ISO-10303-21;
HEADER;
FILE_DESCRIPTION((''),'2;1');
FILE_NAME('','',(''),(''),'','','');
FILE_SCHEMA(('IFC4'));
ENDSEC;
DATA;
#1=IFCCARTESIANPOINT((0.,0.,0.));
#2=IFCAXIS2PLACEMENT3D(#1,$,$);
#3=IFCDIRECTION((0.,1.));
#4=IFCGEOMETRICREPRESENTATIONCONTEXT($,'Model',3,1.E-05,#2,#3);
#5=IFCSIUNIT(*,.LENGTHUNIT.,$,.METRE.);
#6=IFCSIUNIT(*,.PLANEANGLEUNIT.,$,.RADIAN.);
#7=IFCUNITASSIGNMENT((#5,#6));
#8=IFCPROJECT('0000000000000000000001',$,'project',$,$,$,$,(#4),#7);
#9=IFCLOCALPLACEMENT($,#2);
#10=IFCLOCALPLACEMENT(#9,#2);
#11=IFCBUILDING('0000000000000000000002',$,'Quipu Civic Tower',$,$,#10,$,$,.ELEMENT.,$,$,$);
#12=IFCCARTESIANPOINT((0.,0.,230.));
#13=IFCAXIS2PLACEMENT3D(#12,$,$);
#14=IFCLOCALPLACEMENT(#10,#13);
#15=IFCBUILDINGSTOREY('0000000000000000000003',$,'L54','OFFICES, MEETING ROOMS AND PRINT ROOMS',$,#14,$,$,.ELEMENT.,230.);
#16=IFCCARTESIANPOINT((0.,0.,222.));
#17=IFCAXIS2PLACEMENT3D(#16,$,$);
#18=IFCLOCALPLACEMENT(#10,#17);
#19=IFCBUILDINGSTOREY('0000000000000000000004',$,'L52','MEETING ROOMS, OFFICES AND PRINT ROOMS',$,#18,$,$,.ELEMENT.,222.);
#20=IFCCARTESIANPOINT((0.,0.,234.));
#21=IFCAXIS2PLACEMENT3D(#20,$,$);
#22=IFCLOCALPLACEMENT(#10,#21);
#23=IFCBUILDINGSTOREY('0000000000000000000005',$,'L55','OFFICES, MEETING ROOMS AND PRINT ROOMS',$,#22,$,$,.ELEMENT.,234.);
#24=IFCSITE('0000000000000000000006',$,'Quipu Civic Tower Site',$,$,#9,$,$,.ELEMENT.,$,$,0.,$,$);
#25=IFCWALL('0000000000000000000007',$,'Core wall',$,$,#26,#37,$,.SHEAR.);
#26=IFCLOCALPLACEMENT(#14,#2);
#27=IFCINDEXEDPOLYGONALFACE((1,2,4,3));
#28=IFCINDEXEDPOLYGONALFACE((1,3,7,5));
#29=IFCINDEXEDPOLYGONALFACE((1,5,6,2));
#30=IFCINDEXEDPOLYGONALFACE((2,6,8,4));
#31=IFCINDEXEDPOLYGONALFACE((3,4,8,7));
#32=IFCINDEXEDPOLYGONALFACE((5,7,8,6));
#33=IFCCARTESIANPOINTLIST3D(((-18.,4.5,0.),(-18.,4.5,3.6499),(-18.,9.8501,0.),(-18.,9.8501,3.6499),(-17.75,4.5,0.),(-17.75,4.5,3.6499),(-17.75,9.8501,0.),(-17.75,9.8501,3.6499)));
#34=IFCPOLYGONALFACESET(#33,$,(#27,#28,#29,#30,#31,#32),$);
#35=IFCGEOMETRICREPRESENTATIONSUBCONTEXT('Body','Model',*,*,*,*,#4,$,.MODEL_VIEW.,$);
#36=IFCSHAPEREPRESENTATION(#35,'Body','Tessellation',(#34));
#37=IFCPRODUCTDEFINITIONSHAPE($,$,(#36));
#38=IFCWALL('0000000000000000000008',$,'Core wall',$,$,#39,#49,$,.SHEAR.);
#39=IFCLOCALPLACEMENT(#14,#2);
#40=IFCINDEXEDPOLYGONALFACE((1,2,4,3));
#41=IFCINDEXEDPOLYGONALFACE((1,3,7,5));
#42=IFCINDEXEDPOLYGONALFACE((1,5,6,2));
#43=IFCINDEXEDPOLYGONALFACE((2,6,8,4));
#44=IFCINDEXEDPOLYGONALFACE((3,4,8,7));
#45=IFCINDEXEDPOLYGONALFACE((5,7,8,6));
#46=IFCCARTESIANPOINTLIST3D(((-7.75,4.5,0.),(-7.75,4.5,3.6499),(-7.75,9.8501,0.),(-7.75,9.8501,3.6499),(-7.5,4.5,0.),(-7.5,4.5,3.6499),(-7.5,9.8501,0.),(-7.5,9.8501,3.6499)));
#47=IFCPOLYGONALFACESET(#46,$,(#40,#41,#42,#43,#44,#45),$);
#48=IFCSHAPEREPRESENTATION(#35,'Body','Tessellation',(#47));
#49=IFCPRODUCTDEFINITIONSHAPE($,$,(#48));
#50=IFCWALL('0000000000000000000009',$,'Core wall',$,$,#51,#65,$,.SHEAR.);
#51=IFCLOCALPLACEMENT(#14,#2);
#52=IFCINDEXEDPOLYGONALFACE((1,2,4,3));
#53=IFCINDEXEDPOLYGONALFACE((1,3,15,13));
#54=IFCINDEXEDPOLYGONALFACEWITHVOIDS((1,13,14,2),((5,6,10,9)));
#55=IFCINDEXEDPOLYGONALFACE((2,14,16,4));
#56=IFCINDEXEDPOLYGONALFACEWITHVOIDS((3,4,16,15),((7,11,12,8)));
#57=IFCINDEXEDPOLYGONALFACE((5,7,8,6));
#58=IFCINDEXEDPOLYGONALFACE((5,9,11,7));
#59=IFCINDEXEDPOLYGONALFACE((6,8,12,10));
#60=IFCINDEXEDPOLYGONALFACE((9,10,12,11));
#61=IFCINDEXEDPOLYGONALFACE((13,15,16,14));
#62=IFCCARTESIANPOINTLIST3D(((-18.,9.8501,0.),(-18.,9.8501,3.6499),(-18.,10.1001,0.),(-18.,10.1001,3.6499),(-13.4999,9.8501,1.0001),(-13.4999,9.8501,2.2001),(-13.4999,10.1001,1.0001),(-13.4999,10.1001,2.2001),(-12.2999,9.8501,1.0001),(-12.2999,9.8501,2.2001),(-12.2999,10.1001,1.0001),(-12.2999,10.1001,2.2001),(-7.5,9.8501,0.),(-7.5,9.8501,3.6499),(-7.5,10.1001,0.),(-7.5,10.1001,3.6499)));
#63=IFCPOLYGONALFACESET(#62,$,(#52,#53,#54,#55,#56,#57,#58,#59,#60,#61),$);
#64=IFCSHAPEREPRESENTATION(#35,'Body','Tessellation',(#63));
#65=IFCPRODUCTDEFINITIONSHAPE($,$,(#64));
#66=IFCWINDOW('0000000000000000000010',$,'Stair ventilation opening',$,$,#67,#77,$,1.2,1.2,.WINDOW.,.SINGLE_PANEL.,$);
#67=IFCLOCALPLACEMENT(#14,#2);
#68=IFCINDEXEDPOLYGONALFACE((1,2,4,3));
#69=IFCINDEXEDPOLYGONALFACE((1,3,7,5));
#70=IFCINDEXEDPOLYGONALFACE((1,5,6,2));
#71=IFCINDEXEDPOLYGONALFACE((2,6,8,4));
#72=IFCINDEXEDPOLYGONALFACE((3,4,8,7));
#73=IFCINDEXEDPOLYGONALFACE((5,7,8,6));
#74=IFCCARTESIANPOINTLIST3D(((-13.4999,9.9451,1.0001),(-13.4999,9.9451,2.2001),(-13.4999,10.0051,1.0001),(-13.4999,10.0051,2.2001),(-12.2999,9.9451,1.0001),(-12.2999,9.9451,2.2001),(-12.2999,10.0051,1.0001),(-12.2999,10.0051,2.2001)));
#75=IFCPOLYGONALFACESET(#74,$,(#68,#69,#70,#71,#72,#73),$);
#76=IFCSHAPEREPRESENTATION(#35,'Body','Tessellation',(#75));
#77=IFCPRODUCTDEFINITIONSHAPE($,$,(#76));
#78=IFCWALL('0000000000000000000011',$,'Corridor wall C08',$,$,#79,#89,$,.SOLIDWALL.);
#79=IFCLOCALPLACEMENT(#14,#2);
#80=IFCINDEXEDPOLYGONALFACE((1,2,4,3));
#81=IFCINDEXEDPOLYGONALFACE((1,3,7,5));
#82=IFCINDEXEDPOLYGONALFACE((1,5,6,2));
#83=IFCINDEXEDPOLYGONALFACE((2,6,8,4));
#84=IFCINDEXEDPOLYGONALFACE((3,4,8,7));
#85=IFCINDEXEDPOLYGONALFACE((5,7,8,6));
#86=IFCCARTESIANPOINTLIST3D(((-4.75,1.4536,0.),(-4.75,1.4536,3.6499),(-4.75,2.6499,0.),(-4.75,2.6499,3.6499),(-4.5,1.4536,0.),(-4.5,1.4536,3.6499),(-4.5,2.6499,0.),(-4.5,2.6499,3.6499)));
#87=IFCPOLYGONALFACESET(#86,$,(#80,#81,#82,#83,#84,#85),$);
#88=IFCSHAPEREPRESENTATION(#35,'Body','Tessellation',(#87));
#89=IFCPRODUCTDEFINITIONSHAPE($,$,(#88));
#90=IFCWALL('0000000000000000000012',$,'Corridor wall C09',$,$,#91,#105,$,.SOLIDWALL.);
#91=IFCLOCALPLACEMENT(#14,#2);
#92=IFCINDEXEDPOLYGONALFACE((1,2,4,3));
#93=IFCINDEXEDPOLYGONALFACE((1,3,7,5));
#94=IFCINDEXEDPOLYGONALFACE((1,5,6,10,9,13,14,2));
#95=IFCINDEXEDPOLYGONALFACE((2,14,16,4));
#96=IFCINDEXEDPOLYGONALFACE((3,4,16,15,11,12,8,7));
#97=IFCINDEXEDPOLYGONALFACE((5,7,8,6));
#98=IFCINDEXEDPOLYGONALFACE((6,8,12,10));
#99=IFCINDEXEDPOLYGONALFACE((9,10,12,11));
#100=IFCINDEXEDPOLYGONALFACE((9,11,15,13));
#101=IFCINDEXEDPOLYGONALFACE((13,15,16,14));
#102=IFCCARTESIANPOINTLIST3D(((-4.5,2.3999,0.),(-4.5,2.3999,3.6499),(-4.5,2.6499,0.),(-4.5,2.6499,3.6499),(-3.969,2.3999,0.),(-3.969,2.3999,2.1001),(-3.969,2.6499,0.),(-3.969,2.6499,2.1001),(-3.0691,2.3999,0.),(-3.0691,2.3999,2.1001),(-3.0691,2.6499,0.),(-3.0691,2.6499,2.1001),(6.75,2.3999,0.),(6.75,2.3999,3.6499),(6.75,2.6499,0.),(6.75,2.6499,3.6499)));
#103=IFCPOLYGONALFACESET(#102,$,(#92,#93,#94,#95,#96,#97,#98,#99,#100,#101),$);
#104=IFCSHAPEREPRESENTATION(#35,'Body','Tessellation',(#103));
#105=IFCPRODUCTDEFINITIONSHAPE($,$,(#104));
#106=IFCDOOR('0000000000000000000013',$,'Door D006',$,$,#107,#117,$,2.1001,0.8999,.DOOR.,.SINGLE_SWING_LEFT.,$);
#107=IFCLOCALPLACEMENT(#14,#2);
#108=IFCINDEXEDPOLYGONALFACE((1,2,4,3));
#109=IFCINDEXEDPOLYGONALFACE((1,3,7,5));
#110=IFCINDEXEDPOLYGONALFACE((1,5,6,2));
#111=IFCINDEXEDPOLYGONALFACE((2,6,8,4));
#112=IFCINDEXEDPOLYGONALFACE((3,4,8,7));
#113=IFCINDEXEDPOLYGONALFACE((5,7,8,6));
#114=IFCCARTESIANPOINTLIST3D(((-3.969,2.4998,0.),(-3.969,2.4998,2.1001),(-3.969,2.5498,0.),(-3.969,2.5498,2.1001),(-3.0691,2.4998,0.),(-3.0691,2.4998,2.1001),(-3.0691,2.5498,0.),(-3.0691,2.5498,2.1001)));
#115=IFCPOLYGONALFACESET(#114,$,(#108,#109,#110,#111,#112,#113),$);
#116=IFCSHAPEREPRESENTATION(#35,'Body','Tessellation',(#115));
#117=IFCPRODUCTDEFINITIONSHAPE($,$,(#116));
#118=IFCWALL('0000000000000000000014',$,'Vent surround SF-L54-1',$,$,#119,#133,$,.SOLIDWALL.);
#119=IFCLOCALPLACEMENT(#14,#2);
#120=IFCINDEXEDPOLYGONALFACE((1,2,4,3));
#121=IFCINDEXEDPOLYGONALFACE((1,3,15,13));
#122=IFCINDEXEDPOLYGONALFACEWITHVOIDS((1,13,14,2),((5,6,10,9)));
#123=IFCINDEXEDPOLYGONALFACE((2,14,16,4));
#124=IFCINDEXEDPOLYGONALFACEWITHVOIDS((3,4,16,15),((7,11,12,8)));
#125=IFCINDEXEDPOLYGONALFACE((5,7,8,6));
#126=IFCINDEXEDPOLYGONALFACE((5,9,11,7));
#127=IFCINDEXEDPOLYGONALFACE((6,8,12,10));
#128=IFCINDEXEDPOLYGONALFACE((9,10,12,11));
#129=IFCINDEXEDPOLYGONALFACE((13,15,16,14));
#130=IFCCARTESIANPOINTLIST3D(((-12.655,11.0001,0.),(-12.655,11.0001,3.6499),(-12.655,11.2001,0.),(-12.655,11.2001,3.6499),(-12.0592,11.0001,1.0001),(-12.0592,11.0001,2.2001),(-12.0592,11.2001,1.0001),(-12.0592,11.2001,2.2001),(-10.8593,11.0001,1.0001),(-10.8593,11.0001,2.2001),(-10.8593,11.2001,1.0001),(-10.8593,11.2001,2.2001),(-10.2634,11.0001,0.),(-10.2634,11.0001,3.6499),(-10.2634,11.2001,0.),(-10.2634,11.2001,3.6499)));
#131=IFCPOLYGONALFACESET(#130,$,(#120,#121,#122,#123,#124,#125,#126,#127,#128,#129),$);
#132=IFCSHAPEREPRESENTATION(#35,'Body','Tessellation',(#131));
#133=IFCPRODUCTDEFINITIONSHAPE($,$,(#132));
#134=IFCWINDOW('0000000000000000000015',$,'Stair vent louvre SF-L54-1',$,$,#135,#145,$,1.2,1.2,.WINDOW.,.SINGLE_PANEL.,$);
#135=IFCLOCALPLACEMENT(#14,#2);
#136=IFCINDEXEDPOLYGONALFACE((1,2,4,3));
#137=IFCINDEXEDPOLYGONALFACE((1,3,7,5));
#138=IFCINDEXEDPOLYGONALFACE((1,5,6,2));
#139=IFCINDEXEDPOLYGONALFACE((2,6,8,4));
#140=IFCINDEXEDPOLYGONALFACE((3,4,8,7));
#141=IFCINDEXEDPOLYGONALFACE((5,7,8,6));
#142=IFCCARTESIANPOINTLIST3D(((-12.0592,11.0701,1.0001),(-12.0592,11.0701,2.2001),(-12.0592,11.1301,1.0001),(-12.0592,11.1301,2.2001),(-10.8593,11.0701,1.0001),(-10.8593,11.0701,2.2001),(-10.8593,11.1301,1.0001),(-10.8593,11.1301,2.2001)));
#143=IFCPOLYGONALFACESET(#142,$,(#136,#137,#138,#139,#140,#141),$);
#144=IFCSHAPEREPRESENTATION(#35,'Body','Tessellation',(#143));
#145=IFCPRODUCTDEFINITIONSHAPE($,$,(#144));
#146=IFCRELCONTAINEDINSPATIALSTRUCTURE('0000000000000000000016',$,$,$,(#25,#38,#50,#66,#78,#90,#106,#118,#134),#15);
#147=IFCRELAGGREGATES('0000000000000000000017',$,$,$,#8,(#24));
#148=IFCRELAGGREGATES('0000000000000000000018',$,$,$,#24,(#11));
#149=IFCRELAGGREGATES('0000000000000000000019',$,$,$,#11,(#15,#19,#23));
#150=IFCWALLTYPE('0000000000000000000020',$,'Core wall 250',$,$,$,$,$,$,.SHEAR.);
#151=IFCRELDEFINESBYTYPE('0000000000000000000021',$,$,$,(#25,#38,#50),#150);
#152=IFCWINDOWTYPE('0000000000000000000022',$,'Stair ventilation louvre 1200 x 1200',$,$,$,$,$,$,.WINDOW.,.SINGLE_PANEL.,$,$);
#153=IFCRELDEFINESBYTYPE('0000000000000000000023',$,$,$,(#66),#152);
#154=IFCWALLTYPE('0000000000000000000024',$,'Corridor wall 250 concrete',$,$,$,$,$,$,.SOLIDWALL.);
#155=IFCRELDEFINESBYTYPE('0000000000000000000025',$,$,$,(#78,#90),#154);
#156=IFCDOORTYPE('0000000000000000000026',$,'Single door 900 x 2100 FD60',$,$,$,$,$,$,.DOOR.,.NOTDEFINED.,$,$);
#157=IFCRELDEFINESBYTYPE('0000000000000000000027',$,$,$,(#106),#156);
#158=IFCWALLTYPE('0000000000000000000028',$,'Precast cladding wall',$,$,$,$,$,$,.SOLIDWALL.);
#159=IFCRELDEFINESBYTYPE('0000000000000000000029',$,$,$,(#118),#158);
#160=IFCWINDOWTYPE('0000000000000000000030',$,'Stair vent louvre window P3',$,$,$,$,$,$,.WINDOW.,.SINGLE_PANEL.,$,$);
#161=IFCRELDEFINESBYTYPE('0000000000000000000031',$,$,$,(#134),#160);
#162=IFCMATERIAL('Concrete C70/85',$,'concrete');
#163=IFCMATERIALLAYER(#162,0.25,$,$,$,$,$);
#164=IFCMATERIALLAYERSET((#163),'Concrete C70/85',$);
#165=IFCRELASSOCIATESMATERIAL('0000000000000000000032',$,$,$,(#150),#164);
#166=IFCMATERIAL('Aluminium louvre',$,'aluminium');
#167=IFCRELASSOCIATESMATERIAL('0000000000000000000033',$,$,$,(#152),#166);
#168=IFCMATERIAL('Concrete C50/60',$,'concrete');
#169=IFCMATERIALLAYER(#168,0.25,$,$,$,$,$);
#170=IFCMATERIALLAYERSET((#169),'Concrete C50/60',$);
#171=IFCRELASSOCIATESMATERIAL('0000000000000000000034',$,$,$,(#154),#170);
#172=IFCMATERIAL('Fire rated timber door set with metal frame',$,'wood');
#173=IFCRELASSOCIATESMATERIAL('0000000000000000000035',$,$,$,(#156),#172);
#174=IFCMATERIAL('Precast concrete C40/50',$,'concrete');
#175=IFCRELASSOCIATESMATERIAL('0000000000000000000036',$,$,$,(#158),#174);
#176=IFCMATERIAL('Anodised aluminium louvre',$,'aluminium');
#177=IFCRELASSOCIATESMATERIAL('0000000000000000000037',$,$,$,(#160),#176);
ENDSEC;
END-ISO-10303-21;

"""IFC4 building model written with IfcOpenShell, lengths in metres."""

from ifc_helpers import new_model, si_unit, direction, frame, frame_2d, origin, place, context, subcontext, project, spatial, rectangle, extrude, material, layer, layer_set, type_object, element, fill, save


model = new_model("IFC4")

# Units and contexts
model_context = context("Model", 3, precision=1e-05, world=origin(), true_north=direction((0.0, 1.0)))
body_context = subcontext(model_context, "Body", "Model", "MODEL_VIEW")
ifc_project = project(units=[si_unit("LENGTHUNIT", "METRE"), si_unit("PLANEANGLEUNIT", "RADIAN")], contexts=[model_context])

# Site, building, storey
site_placement = place(None, origin())
site = spatial("IfcSite", under=ifc_project, at=site_placement, Name="Quipu Civic Tower Site", CompositionType="ELEMENT", RefElevation=0.0)
building_placement = place(site_placement, origin())
building = spatial("IfcBuilding", under=site, at=building_placement, Name="Quipu Civic Tower", CompositionType="ELEMENT")
storey_1_placement = place(building_placement, frame((0.0, 0.0, 230.0)))
storey_1 = spatial("IfcBuildingStorey", under=building, at=storey_1_placement, Name="L54", Description="OFFICES, MEETING ROOMS AND PRINT ROOMS", CompositionType="ELEMENT", Elevation=230.0)

# Shared definitions
storey_2_placement = place(building_placement, frame((0.0, 0.0, 222.0)))
storey_2 = spatial("IfcBuildingStorey", under=building, at=storey_2_placement, Name="L52", Description="MEETING ROOMS, OFFICES AND PRINT ROOMS", CompositionType="ELEMENT", Elevation=222.0)

# Shared definitions
storey_3_placement = place(building_placement, frame((0.0, 0.0, 234.0)))
storey_3 = spatial("IfcBuildingStorey", under=building, at=storey_3_placement, Name="L55", Description="OFFICES, MEETING ROOMS AND PRINT ROOMS", CompositionType="ELEMENT", Elevation=234.0)

# Shared definitions
ifc_material_1 = material(Name="Concrete C70/85", Category="concrete")
ifc_layer_1 = layer(ifc_material_1, 0.25)
ifc_layer_set_1 = layer_set([ifc_layer_1], Name="Concrete C70/85")
wall_type_1 = type_object("IfcWallType", Name="Core wall 250", PredefinedType="SHEAR", material=ifc_layer_set_1)

# Walls
for number, where, z_axis, x_axis, name in (
    (1, (-17.875, 4.5, 0.0), (0.0, 0.0, 1.0), (0.0, 1.0, 0.0), "Core wall"),
    (2, (-7.625, 4.5, 0.0), (0.0, 0.0, 1.0), (0.0, 1.0, 0.0), "Core wall"),
):
    element("IfcWall", number, at=place(storey_1_placement, frame(where, z_axis=z_axis, x_axis=x_axis)), inside=storey_1, type_object=wall_type_1, Name=name, PredefinedType="SHEAR", context=body_context, shape_type="SweptSolid", body=[
        extrude(rectangle(XDim=5.3501, YDim=0.25, at=frame_2d((2.675, 0.0))), origin(), (0.0, 0.0, 1.0), 3.6499),
    ])

# Wall, opening, window
wall_1_placement = place(storey_1_placement, frame((-18.0, 9.9751, 0.0), z_axis=(0.0, 0.0, 1.0), x_axis=(1.0, 0.0, 0.0)))
wall_1 = element("IfcWall", 3, at=wall_1_placement, inside=storey_1, type_object=wall_type_1, Name="Core wall", PredefinedType="SHEAR", context=body_context, shape_type="SweptSolid", body=[
    extrude(rectangle(XDim=10.5, YDim=0.25, at=frame_2d((5.25, 0.0))), origin(), (0.0, 0.0, 1.0), 3.6499),
])
opening_1_placement = place(wall_1_placement, frame((4.5, 0.0, 1.0)))
opening_1 = element("IfcOpeningElement", 4, at=opening_1_placement, cuts=wall_1, PredefinedType="OPENING", context=body_context, shape_type="SweptSolid", body=[
    extrude(rectangle(XDim=1.2, YDim=1.2, at=frame_2d((0.6001, 0.6001))), frame((0.0, 0.135, 0.0), z_axis=(0.0, -1.0, 0.0), x_axis=(1.0, 0.0, 0.0)), (0.0, 0.0, 1.0), 0.27),
])
ifc_material_2 = material(Name="Aluminium louvre", Category="aluminium")
window_type_1 = type_object("IfcWindowType", Name="Stair ventilation louvre 1200 x 1200", PartitioningType="SINGLE_PANEL", PredefinedType="WINDOW", material=ifc_material_2)
window_1_placement = place(opening_1_placement, origin())
window_1 = element("IfcWindow", 5, at=window_1_placement, inside=storey_1, type_object=window_type_1, Name="Stair ventilation opening", OverallHeight=1.2, OverallWidth=1.2, PartitioningType="SINGLE_PANEL", PredefinedType="WINDOW", context=body_context, shape_type="SweptSolid", body=[
    extrude(rectangle(XDim=1.2, YDim=1.2, at=frame_2d((0.6001, 0.6001))), frame((0.0, 0.03, 0.0), z_axis=(0.0, -1.0, 0.0), x_axis=(1.0, 0.0, 0.0)), (0.0, 0.0, 1.0), 0.0601),
])
fill(opening_1, window_1)

# Wall
ifc_material_3 = material(Name="Concrete C50/60", Category="concrete")
ifc_layer_2 = layer(ifc_material_3, 0.25)
ifc_layer_set_2 = layer_set([ifc_layer_2], Name="Concrete C50/60")
wall_type_2 = type_object("IfcWallType", Name="Corridor wall 250 concrete", PredefinedType="SOLIDWALL", material=ifc_layer_set_2)
wall_2_placement = place(storey_1_placement, frame((-4.625, 1.4536, 0.0), z_axis=(0.0, 0.0, 1.0), x_axis=(0.0, 1.0, 0.0)))
element("IfcWall", 6, at=wall_2_placement, inside=storey_1, type_object=wall_type_2, Name="Corridor wall C08", PredefinedType="SOLIDWALL", context=body_context, shape_type="SweptSolid", body=[
    extrude(rectangle(XDim=1.1963, YDim=0.25, at=frame_2d((0.5981, 0.0))), origin(), (0.0, 0.0, 1.0), 3.6499),
])

# Wall, opening, door
wall_3_placement = place(storey_1_placement, frame((-4.5, 2.5249, 0.0), z_axis=(0.0, 0.0, 1.0), x_axis=(1.0, 0.0, 0.0)))
wall_3 = element("IfcWall", 7, at=wall_3_placement, inside=storey_1, type_object=wall_type_2, Name="Corridor wall C09", PredefinedType="SOLIDWALL", context=body_context, shape_type="SweptSolid", body=[
    extrude(rectangle(XDim=11.25, YDim=0.25, at=frame_2d((5.625, 0.0))), origin(), (0.0, 0.0, 1.0), 3.6499),
])
opening_2_placement = place(wall_3_placement, frame((0.531, 0.0, 0.0)))
opening_2 = element("IfcOpeningElement", 8, at=opening_2_placement, cuts=wall_3, PredefinedType="OPENING", context=body_context, shape_type="SweptSolid", body=[
    extrude(rectangle(XDim=0.8999, YDim=2.1001, at=frame_2d((0.45, 1.05))), frame((0.0, 0.135, 0.0), z_axis=(0.0, -1.0, 0.0), x_axis=(1.0, 0.0, 0.0)), (0.0, 0.0, 1.0), 0.27),
])
ifc_material_4 = material(Name="Fire rated timber door set with metal frame", Category="wood")
door_type_1 = type_object("IfcDoorType", Name="Single door 900 x 2100 FD60", OperationType="NOTDEFINED", PredefinedType="DOOR", material=ifc_material_4)
door_1_placement = place(opening_2_placement, origin())
door_1 = element("IfcDoor", 9, at=door_1_placement, inside=storey_1, type_object=door_type_1, Name="Door D006", OperationType="SINGLE_SWING_LEFT", OverallHeight=2.1001, OverallWidth=0.8999, PredefinedType="DOOR", context=body_context, shape_type="SweptSolid", body=[
    extrude(rectangle(XDim=0.8999, YDim=2.1001, at=frame_2d((0.45, 1.05))), frame((0.0, 0.0249, 0.0), z_axis=(0.0, -1.0, 0.0), x_axis=(1.0, 0.0, 0.0)), (0.0, 0.0, 1.0), 0.05),
])
fill(opening_2, door_1)

# Wall, opening, window
ifc_material_5 = material(Name="Precast concrete C40/50", Category="concrete")
wall_type_3 = type_object("IfcWallType", Name="Precast cladding wall", PredefinedType="SOLIDWALL", material=ifc_material_5)
wall_4_placement = place(storey_1_placement, frame((-10.2634, 11.1001, 0.0), z_axis=(0.0, 0.0, 1.0), x_axis=(-1.0, 0.0, 0.0)))
wall_4 = element("IfcWall", 10, at=wall_4_placement, inside=storey_1, type_object=wall_type_3, Name="Vent surround SF-L54-1", PredefinedType="SOLIDWALL", context=body_context, shape_type="SweptSolid", body=[
    extrude(rectangle(XDim=2.3916, YDim=0.2, at=frame_2d((1.1958, 0.0))), origin(), (0.0, 0.0, 1.0), 3.6499),
])
opening_3_placement = place(wall_4_placement, frame((0.5957, 0.0, 1.0)))
opening_3 = element("IfcOpeningElement", 11, at=opening_3_placement, cuts=wall_4, PredefinedType="OPENING", context=body_context, shape_type="SweptSolid", body=[
    extrude(rectangle(XDim=1.2, YDim=1.2, at=frame_2d((0.6001, 0.6001))), frame((0.0, 0.1099, 0.0), z_axis=(0.0, -1.0, 0.0), x_axis=(1.0, 0.0, 0.0)), (0.0, 0.0, 1.0), 0.22),
])
ifc_material_6 = material(Name="Anodised aluminium louvre", Category="aluminium")
window_type_2 = type_object("IfcWindowType", Name="Stair vent louvre window P3", PartitioningType="SINGLE_PANEL", PredefinedType="WINDOW", material=ifc_material_6)
window_2_placement = place(opening_3_placement, origin())
window_2 = element("IfcWindow", 12, at=window_2_placement, inside=storey_1, type_object=window_type_2, Name="Stair vent louvre SF-L54-1", OverallHeight=1.2, OverallWidth=1.2, PartitioningType="SINGLE_PANEL", PredefinedType="WINDOW", context=body_context, shape_type="SweptSolid", body=[
    extrude(rectangle(XDim=1.2, YDim=1.2, at=frame_2d((0.6001, 0.6001))), frame((0.0, 0.03, 0.0), z_axis=(0.0, -1.0, 0.0), x_axis=(1.0, 0.0, 0.0)), (0.0, 0.0, 1.0), 0.0601),
])
fill(opening_3, window_2)

save(model, "model.ifc")
